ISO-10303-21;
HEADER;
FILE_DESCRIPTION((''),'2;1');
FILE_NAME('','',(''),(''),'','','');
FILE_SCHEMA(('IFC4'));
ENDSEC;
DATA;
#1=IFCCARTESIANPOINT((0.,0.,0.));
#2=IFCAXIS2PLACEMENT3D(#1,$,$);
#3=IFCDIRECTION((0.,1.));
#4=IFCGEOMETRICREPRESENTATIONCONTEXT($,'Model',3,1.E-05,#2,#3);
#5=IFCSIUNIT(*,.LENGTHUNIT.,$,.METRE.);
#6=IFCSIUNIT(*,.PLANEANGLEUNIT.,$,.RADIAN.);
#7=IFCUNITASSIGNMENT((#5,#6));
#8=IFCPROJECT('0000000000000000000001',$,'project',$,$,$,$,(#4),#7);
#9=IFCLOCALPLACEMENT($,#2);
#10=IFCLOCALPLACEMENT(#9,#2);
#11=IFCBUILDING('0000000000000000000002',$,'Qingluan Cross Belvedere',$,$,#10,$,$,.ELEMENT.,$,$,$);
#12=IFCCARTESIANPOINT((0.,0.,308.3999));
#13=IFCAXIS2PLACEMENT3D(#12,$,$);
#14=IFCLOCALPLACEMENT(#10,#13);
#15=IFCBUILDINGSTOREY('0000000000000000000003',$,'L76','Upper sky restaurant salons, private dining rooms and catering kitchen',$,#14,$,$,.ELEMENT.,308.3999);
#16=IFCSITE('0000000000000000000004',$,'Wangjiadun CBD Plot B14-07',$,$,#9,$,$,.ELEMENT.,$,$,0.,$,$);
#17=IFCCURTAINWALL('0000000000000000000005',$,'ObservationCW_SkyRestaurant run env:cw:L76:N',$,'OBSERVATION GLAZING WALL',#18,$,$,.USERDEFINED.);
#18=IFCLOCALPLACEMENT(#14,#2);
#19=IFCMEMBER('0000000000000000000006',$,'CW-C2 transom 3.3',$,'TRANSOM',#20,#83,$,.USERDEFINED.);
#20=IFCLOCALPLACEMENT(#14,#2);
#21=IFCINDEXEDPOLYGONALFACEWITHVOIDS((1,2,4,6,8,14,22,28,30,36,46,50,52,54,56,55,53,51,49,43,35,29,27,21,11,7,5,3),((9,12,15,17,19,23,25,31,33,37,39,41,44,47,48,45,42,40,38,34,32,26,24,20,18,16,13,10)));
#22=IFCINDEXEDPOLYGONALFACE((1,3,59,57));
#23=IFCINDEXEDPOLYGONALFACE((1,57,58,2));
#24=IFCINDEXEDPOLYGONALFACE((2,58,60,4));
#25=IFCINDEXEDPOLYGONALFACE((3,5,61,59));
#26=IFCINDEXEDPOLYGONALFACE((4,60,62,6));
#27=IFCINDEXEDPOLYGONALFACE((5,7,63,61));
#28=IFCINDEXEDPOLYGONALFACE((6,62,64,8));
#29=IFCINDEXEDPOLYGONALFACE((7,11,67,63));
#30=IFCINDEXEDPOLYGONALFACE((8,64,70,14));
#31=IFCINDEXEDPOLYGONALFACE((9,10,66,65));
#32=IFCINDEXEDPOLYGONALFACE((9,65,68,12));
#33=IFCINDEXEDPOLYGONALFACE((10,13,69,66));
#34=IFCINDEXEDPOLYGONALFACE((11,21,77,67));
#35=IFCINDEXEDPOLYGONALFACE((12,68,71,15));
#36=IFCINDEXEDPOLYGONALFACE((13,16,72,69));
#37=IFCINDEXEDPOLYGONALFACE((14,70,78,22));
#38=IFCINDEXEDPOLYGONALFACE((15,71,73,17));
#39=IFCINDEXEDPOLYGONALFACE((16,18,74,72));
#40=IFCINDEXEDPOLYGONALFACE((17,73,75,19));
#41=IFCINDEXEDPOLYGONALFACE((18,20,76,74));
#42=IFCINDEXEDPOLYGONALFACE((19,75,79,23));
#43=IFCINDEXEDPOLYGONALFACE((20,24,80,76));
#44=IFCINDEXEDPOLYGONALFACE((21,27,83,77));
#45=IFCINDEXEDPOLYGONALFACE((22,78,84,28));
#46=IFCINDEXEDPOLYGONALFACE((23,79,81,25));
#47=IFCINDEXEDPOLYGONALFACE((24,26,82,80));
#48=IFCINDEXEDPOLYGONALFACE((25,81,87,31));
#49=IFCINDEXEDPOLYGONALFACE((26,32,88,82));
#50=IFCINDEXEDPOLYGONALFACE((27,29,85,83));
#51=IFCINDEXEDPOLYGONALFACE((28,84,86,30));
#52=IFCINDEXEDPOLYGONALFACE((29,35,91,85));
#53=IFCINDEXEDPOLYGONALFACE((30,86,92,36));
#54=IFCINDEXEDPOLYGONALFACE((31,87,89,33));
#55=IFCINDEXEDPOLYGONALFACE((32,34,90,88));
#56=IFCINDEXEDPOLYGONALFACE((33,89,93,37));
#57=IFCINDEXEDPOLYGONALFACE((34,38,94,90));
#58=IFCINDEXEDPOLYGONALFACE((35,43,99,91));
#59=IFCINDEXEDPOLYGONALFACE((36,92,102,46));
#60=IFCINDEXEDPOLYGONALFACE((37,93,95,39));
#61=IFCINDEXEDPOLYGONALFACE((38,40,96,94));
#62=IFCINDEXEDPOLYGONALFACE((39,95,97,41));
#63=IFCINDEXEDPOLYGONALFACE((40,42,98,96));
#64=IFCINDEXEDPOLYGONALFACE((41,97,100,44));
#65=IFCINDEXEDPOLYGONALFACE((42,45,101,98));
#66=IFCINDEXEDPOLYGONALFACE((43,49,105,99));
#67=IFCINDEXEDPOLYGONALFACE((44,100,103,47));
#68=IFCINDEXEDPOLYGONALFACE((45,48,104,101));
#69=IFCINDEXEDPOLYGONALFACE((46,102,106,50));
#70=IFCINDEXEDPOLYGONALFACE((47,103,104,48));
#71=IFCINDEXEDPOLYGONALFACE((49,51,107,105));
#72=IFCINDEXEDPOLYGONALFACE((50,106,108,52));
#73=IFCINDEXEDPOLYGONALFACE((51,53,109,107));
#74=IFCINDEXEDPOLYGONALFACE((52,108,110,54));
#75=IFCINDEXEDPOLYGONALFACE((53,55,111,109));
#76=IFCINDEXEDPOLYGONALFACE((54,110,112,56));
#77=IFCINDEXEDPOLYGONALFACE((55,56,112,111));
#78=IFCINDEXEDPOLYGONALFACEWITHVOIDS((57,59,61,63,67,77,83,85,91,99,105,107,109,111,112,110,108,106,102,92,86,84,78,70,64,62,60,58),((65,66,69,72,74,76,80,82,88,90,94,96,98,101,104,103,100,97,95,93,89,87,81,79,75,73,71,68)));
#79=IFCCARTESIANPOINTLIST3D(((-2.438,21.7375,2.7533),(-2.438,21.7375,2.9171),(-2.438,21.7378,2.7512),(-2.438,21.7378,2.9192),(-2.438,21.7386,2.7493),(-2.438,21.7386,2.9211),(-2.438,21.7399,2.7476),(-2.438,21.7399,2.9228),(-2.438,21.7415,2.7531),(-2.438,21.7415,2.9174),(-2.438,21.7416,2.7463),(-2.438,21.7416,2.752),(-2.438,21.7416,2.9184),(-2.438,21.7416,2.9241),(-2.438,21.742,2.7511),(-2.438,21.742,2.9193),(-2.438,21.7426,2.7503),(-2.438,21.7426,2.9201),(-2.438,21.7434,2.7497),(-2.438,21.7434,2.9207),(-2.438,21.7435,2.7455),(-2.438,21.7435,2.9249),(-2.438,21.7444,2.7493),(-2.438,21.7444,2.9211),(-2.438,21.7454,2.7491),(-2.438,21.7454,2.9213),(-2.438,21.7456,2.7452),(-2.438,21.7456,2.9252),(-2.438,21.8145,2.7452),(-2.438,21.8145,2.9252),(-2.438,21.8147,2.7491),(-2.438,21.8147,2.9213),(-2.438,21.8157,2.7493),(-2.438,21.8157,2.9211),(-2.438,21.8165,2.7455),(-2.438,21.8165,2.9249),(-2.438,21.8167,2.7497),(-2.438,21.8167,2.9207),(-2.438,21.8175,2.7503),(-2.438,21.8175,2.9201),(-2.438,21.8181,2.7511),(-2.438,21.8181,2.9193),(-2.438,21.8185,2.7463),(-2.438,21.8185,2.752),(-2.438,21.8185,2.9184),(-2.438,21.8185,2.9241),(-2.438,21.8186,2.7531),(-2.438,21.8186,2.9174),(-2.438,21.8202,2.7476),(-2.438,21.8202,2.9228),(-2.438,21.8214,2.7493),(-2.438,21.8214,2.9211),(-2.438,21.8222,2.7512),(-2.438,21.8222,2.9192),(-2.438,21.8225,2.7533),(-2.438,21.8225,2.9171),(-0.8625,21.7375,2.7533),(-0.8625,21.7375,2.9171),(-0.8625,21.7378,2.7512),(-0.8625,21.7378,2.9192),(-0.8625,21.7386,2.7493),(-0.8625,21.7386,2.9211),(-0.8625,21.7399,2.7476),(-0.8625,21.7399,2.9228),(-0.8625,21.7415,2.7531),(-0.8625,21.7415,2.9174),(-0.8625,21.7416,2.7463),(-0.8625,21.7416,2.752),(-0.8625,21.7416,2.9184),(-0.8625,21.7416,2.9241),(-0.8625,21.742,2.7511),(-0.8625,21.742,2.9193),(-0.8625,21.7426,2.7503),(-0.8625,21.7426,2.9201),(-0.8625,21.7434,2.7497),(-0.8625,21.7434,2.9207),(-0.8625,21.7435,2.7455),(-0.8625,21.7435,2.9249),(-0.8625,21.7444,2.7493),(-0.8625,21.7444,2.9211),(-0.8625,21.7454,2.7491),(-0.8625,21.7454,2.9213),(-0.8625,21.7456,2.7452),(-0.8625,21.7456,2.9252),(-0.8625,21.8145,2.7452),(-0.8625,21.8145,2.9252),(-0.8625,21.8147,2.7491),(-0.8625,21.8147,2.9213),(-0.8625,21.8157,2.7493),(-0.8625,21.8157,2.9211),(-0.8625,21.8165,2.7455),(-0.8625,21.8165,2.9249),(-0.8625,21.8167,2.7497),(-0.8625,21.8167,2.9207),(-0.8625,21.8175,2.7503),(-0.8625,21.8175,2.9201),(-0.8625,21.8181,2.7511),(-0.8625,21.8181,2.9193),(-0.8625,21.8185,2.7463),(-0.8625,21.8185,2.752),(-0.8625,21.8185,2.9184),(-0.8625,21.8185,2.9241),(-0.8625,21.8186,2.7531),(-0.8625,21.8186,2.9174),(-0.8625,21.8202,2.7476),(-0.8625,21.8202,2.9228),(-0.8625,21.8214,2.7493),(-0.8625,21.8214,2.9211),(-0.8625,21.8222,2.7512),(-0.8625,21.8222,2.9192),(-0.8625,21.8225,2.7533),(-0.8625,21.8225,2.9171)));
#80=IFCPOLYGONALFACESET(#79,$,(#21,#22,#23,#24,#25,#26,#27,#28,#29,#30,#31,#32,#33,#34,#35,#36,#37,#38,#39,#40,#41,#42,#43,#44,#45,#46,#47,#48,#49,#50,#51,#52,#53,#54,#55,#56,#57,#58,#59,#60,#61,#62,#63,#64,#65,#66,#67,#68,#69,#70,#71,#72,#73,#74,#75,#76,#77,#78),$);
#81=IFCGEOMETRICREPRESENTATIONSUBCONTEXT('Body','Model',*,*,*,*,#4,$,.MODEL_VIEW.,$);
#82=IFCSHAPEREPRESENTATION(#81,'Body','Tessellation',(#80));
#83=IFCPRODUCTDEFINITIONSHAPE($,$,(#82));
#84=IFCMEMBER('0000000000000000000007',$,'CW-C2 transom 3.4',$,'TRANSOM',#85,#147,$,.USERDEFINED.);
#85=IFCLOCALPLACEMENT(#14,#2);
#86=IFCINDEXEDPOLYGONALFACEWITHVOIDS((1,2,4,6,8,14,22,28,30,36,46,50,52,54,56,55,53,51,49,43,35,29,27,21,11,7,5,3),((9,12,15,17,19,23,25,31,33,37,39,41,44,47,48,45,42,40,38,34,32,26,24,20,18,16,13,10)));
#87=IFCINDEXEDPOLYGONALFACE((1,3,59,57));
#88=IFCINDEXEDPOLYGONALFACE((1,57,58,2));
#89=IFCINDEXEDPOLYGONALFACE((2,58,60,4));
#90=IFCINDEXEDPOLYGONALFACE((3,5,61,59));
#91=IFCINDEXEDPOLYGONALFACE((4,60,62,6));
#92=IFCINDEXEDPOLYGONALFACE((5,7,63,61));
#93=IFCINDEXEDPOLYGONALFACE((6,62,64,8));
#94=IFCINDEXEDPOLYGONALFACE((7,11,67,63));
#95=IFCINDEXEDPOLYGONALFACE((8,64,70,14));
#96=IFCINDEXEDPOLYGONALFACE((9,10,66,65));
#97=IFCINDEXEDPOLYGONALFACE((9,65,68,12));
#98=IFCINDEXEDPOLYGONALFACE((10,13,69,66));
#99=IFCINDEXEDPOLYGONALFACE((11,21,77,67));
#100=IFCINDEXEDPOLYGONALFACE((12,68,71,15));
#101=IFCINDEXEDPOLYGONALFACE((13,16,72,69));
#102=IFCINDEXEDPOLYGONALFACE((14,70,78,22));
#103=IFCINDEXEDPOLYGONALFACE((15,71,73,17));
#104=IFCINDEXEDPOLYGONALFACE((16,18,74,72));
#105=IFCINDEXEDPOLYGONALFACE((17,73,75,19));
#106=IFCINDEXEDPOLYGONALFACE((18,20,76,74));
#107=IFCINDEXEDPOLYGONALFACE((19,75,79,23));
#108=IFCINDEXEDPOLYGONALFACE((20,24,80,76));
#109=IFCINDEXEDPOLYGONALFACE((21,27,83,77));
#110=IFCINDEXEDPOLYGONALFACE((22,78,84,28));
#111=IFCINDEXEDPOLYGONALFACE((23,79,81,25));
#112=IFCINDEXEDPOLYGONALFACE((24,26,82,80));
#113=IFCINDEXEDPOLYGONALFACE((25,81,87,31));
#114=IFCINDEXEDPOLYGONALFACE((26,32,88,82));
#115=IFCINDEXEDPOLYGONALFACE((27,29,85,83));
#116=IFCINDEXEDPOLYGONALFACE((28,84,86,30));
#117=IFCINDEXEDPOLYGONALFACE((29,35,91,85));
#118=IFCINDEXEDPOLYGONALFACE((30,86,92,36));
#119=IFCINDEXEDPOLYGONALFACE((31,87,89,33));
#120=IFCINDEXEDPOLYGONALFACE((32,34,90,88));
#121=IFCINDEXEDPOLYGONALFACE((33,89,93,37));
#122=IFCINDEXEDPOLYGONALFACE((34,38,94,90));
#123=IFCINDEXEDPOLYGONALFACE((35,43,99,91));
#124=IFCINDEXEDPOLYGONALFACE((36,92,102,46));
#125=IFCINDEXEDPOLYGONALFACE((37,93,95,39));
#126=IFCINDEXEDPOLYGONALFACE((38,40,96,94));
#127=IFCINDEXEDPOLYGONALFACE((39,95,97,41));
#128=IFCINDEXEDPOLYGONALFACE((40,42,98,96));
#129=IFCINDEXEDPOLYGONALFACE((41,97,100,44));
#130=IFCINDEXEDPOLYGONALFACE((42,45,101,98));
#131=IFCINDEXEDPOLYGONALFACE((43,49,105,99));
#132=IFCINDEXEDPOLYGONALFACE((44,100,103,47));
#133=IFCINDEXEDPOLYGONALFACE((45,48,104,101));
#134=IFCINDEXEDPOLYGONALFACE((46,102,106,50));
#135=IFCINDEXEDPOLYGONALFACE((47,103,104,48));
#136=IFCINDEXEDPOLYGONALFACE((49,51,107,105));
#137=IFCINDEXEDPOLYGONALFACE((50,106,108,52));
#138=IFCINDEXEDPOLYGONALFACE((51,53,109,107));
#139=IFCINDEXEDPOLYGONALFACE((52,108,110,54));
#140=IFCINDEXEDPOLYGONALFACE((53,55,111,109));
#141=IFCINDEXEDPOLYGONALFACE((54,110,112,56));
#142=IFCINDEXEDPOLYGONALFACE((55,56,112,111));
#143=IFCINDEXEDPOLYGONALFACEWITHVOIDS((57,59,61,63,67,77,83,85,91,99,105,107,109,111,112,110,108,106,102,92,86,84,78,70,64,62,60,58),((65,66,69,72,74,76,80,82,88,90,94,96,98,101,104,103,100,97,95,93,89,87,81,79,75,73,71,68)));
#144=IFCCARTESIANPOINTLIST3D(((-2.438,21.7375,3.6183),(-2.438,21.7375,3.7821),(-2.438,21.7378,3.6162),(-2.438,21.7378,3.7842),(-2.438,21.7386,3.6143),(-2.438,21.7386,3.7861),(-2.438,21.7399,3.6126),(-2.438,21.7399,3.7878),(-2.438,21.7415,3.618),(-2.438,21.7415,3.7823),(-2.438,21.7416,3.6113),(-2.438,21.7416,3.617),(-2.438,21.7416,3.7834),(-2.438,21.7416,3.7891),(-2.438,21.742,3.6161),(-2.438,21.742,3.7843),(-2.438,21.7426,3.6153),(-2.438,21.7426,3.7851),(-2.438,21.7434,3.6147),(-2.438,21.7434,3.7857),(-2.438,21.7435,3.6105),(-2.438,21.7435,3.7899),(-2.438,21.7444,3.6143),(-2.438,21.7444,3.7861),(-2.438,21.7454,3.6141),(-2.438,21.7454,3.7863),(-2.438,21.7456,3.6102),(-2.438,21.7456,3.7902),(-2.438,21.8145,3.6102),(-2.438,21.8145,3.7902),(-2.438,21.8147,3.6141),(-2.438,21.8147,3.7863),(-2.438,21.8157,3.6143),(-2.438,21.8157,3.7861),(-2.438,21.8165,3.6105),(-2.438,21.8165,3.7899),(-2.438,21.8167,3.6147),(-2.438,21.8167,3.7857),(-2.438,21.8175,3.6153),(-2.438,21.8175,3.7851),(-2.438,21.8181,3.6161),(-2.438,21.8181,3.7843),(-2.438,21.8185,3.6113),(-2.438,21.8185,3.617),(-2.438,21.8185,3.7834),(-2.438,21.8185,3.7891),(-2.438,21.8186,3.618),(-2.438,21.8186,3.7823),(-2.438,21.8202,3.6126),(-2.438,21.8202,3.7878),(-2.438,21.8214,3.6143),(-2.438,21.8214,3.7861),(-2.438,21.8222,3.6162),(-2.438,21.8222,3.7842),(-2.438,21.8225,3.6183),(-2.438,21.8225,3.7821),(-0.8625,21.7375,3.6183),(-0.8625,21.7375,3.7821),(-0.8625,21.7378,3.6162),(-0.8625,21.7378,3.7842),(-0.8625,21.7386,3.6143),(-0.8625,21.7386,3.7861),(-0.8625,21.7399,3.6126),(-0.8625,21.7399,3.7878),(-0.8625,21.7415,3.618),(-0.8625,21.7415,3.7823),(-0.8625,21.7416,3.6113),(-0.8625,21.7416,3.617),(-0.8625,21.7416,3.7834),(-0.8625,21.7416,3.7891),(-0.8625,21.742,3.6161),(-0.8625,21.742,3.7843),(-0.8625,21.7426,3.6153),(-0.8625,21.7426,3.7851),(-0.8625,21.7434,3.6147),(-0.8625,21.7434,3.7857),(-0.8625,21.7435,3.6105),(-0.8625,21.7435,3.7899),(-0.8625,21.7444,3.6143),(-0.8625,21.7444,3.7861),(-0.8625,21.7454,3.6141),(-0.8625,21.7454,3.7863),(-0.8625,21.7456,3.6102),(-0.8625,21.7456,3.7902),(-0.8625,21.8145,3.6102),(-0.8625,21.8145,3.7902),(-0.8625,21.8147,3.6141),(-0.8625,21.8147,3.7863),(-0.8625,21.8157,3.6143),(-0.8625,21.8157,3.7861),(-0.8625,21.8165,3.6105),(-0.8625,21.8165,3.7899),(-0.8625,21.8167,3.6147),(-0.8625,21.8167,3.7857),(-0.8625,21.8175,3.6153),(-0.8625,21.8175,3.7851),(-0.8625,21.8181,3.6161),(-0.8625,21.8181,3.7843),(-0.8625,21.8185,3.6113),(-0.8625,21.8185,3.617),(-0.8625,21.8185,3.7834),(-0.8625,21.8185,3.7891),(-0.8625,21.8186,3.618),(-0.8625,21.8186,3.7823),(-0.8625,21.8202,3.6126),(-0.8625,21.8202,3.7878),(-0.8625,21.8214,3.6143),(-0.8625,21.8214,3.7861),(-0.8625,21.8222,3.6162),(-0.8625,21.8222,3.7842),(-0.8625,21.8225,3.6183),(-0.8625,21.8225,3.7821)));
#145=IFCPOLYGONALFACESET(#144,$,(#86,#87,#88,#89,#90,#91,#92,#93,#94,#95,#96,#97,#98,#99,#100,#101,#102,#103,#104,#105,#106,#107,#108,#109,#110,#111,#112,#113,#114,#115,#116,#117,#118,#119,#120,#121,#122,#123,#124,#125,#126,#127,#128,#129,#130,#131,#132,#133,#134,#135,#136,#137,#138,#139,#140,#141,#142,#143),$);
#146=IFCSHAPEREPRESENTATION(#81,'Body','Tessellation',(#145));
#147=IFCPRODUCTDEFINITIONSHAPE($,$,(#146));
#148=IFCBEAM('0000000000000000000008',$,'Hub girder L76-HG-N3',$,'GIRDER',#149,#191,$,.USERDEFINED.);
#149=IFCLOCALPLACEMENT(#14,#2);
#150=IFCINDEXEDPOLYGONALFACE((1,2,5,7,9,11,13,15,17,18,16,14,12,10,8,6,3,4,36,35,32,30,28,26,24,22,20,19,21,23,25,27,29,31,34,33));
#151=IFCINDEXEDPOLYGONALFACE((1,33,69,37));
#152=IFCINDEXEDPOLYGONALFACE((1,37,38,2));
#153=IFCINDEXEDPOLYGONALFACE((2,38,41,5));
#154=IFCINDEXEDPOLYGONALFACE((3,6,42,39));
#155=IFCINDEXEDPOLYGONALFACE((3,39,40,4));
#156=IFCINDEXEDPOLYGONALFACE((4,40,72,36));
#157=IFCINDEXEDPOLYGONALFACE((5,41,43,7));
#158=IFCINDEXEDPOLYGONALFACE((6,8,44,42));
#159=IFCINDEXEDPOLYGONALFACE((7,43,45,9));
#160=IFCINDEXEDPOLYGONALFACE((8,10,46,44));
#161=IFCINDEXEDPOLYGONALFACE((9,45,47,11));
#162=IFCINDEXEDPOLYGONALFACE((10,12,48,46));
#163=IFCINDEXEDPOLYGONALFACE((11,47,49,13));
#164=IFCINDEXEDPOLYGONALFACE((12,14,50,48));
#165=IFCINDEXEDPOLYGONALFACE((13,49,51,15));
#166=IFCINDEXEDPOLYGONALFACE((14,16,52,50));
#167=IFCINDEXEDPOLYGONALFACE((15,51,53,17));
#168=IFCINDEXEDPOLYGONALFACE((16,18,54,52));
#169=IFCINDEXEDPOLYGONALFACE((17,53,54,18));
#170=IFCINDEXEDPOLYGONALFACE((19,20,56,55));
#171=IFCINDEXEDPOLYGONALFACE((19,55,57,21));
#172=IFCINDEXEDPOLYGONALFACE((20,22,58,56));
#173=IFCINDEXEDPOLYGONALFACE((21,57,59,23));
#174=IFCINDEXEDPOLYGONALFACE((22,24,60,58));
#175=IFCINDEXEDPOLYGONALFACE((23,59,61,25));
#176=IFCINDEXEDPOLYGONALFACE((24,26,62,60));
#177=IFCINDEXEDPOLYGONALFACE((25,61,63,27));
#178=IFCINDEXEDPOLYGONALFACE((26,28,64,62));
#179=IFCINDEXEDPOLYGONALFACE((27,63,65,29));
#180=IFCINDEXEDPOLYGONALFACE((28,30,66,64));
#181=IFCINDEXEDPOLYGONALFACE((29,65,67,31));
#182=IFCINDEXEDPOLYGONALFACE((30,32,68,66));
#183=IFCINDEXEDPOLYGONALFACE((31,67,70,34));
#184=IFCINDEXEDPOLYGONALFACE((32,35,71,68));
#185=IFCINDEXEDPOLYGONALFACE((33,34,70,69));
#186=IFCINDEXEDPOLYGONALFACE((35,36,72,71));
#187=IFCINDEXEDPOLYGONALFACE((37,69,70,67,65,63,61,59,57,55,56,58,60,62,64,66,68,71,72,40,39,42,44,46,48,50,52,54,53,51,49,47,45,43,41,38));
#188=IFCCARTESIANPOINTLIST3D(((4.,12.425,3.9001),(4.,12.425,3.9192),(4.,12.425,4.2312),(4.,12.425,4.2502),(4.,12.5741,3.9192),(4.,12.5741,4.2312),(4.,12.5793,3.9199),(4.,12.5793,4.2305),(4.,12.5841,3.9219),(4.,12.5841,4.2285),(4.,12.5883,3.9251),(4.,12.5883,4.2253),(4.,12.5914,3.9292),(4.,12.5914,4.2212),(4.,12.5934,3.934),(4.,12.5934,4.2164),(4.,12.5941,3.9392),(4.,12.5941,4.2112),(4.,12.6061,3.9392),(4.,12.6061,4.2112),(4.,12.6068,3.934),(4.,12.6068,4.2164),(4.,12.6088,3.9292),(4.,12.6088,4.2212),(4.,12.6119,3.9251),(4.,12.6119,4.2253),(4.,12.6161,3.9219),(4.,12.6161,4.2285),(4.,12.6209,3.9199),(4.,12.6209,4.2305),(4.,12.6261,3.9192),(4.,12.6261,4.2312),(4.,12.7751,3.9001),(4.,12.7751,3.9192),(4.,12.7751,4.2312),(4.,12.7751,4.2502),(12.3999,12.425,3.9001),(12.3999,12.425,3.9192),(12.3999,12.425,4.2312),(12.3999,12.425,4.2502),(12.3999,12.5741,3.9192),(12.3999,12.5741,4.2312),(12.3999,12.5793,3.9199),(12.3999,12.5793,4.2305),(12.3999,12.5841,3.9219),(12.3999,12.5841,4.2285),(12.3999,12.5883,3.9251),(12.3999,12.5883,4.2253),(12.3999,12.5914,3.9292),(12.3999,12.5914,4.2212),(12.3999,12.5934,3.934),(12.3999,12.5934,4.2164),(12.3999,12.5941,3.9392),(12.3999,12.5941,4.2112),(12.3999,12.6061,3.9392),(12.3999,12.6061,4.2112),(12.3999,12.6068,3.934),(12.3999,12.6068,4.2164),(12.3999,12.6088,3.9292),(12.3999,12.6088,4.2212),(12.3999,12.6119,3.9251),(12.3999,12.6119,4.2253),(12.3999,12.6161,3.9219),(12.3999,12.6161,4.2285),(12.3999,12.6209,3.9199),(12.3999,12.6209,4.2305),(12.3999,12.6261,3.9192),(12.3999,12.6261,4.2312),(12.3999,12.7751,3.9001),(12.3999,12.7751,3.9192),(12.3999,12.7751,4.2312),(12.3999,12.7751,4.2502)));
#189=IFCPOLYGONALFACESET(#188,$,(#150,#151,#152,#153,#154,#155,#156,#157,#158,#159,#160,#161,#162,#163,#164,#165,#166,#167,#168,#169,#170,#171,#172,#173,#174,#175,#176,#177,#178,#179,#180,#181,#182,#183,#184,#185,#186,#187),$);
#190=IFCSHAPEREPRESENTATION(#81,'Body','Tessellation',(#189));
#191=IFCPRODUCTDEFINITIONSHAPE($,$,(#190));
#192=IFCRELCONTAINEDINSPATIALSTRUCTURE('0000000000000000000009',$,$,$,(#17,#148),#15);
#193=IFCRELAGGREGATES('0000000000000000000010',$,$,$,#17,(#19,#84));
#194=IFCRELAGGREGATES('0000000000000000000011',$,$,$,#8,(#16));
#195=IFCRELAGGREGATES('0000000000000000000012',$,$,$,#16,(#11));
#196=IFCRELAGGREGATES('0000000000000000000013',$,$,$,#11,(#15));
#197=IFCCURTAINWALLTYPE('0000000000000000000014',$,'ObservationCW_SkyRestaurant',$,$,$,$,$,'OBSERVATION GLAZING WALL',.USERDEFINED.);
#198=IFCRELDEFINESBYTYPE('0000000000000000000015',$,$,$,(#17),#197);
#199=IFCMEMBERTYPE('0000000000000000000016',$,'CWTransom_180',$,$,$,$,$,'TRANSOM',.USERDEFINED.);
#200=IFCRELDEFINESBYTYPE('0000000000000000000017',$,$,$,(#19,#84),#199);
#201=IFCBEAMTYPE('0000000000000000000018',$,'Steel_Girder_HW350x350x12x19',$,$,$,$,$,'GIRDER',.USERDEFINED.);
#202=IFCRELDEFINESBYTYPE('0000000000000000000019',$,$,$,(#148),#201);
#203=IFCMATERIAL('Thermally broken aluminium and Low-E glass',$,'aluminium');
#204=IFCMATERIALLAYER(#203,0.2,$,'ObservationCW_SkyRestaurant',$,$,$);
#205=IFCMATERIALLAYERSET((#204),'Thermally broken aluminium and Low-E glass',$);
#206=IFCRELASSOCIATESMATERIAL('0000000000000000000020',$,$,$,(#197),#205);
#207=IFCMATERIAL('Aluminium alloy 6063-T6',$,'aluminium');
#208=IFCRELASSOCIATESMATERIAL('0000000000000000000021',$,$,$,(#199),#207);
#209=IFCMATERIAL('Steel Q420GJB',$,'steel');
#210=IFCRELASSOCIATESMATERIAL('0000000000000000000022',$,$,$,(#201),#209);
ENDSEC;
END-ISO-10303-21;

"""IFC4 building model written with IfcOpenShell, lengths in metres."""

from ifc_helpers import new_model, si_unit, direction, frame, origin, origin_2d, place, context, subcontext, project, spatial, hollow_rectangle, i_section, extrude, material, layer, layer_set, material_profile, profile_set, type_object, element, aggregate, save


model = new_model("IFC4")

# Units and contexts
model_context = context("Model", 3, precision=1e-05, world=origin(), true_north=direction((0.0, 1.0)))
body_context = subcontext(model_context, "Body", "Model", "MODEL_VIEW")
ifc_project = project(units=[si_unit("LENGTHUNIT", "METRE"), si_unit("PLANEANGLEUNIT", "RADIAN")], contexts=[model_context])

# Site, building, storey
site_placement = place(None, origin())
site = spatial("IfcSite", under=ifc_project, at=site_placement, Name="Wangjiadun CBD Plot B14-07", CompositionType="ELEMENT", RefElevation=0.0)
building_placement = place(site_placement, origin())
building = spatial("IfcBuilding", under=site, at=building_placement, Name="Qingluan Cross Belvedere", CompositionType="ELEMENT")
storey_placement = place(building_placement, frame((0.0, 0.0, 308.3999)))
storey = spatial("IfcBuildingStorey", under=building, at=storey_placement, Name="L76", Description="Upper sky restaurant salons, private dining rooms and catering kitchen", CompositionType="ELEMENT", Elevation=308.3999)

# Curtain wall, members
ifc_material_1 = material(Name="Thermally broken aluminium and Low-E glass", Category="aluminium")
ifc_layer_1 = layer(ifc_material_1, 0.2, Name="ObservationCW_SkyRestaurant")
ifc_layer_set_1 = layer_set([ifc_layer_1], Name="Thermally broken aluminium and Low-E glass")
curtain_wall_type = type_object("IfcCurtainWallType", Name="ObservationCW_SkyRestaurant", ElementType="OBSERVATION GLAZING WALL", PredefinedType="USERDEFINED", material=ifc_layer_set_1)
curtain_wall_placement = place(storey_placement, origin())
curtain_wall = element("IfcCurtainWall", 1, at=curtain_wall_placement, inside=storey, type_object=curtain_wall_type, Name="ObservationCW_SkyRestaurant run env:cw:L76:N", ObjectType="OBSERVATION GLAZING WALL", PredefinedType="USERDEFINED")
ifc_material_2 = material(Name="Aluminium alloy 6063-T6", Category="aluminium")
ifc_material_profile_1 = material_profile(ifc_material_2, hollow_rectangle(XDim=0.085, YDim=0.1799, WallThickness=0.0039, InnerFilletRadius=0.0039, OuterFilletRadius=0.0081, at=origin_2d()), Name="CWT180x85x4")
ifc_profile_set_1 = profile_set([ifc_material_profile_1], Name="Aluminium alloy 6063-T6")
member_type_1 = type_object("IfcMemberType", Name="CWTransom_180", ElementType="TRANSOM", PredefinedType="USERDEFINED", material=ifc_profile_set_1)
member_1_placement = place(storey_placement, frame((-0.8625, 21.78, 2.8352), z_axis=(-1.0, 0.0, 0.0), x_axis=(0.0, -1.0, 0.0)))
member_1 = element("IfcMember", 2, at=member_1_placement, type_object=member_type_1, Name="CW-C2 transom 3.3", ObjectType="TRANSOM", PredefinedType="USERDEFINED", context=body_context, shape_type="SweptSolid", body=[
    extrude(hollow_rectangle(XDim=0.085, YDim=0.1799, WallThickness=0.0039, InnerFilletRadius=0.0039, OuterFilletRadius=0.0081, at=origin_2d()), origin(), (0.0, 0.0, 1.0), 1.5754),
])
member_2_placement = place(storey_placement, frame((-0.8625, 21.78, 3.7002), z_axis=(-1.0, 0.0, 0.0), x_axis=(0.0, -1.0, 0.0)))
member_2 = element("IfcMember", 3, at=member_2_placement, type_object=member_type_1, Name="CW-C2 transom 3.4", ObjectType="TRANSOM", PredefinedType="USERDEFINED", context=body_context, shape_type="SweptSolid", body=[
    extrude(hollow_rectangle(XDim=0.085, YDim=0.1799, WallThickness=0.0039, InnerFilletRadius=0.0039, OuterFilletRadius=0.0081, at=origin_2d()), origin(), (0.0, 0.0, 1.0), 1.5754),
])

# Beam
ifc_material_3 = material(Name="Steel Q420GJB", Category="steel")
ifc_material_profile_2 = material_profile(ifc_material_3, i_section(OverallWidth=0.3501, OverallDepth=0.3501, WebThickness=0.012, FlangeThickness=0.019, FilletRadius=0.02, at=origin_2d()), Name="HW350x350x12x19")
ifc_profile_set_2 = profile_set([ifc_material_profile_2], Name="Steel Q420GJB")
beam_type = type_object("IfcBeamType", Name="Steel_Girder_HW350x350x12x19", ElementType="GIRDER", PredefinedType="USERDEFINED", material=ifc_profile_set_2)
beam_placement = place(storey_placement, frame((4.0, 12.6001, 4.0752), z_axis=(1.0, 0.0, 0.0), x_axis=(0.0, 1.0, 0.0)))
element("IfcBeam", 4, at=beam_placement, inside=storey, type_object=beam_type, Name="Hub girder L76-HG-N3", ObjectType="GIRDER", PredefinedType="USERDEFINED", context=body_context, shape_type="SweptSolid", body=[
    extrude(i_section(OverallWidth=0.3501, OverallDepth=0.3501, WebThickness=0.012, FlangeThickness=0.019, FilletRadius=0.02, at=origin_2d()), origin(), (0.0, 0.0, 1.0), 8.3999),
])

aggregate(curtain_wall, [member_1, member_2])

save(model, "model.ifc")
